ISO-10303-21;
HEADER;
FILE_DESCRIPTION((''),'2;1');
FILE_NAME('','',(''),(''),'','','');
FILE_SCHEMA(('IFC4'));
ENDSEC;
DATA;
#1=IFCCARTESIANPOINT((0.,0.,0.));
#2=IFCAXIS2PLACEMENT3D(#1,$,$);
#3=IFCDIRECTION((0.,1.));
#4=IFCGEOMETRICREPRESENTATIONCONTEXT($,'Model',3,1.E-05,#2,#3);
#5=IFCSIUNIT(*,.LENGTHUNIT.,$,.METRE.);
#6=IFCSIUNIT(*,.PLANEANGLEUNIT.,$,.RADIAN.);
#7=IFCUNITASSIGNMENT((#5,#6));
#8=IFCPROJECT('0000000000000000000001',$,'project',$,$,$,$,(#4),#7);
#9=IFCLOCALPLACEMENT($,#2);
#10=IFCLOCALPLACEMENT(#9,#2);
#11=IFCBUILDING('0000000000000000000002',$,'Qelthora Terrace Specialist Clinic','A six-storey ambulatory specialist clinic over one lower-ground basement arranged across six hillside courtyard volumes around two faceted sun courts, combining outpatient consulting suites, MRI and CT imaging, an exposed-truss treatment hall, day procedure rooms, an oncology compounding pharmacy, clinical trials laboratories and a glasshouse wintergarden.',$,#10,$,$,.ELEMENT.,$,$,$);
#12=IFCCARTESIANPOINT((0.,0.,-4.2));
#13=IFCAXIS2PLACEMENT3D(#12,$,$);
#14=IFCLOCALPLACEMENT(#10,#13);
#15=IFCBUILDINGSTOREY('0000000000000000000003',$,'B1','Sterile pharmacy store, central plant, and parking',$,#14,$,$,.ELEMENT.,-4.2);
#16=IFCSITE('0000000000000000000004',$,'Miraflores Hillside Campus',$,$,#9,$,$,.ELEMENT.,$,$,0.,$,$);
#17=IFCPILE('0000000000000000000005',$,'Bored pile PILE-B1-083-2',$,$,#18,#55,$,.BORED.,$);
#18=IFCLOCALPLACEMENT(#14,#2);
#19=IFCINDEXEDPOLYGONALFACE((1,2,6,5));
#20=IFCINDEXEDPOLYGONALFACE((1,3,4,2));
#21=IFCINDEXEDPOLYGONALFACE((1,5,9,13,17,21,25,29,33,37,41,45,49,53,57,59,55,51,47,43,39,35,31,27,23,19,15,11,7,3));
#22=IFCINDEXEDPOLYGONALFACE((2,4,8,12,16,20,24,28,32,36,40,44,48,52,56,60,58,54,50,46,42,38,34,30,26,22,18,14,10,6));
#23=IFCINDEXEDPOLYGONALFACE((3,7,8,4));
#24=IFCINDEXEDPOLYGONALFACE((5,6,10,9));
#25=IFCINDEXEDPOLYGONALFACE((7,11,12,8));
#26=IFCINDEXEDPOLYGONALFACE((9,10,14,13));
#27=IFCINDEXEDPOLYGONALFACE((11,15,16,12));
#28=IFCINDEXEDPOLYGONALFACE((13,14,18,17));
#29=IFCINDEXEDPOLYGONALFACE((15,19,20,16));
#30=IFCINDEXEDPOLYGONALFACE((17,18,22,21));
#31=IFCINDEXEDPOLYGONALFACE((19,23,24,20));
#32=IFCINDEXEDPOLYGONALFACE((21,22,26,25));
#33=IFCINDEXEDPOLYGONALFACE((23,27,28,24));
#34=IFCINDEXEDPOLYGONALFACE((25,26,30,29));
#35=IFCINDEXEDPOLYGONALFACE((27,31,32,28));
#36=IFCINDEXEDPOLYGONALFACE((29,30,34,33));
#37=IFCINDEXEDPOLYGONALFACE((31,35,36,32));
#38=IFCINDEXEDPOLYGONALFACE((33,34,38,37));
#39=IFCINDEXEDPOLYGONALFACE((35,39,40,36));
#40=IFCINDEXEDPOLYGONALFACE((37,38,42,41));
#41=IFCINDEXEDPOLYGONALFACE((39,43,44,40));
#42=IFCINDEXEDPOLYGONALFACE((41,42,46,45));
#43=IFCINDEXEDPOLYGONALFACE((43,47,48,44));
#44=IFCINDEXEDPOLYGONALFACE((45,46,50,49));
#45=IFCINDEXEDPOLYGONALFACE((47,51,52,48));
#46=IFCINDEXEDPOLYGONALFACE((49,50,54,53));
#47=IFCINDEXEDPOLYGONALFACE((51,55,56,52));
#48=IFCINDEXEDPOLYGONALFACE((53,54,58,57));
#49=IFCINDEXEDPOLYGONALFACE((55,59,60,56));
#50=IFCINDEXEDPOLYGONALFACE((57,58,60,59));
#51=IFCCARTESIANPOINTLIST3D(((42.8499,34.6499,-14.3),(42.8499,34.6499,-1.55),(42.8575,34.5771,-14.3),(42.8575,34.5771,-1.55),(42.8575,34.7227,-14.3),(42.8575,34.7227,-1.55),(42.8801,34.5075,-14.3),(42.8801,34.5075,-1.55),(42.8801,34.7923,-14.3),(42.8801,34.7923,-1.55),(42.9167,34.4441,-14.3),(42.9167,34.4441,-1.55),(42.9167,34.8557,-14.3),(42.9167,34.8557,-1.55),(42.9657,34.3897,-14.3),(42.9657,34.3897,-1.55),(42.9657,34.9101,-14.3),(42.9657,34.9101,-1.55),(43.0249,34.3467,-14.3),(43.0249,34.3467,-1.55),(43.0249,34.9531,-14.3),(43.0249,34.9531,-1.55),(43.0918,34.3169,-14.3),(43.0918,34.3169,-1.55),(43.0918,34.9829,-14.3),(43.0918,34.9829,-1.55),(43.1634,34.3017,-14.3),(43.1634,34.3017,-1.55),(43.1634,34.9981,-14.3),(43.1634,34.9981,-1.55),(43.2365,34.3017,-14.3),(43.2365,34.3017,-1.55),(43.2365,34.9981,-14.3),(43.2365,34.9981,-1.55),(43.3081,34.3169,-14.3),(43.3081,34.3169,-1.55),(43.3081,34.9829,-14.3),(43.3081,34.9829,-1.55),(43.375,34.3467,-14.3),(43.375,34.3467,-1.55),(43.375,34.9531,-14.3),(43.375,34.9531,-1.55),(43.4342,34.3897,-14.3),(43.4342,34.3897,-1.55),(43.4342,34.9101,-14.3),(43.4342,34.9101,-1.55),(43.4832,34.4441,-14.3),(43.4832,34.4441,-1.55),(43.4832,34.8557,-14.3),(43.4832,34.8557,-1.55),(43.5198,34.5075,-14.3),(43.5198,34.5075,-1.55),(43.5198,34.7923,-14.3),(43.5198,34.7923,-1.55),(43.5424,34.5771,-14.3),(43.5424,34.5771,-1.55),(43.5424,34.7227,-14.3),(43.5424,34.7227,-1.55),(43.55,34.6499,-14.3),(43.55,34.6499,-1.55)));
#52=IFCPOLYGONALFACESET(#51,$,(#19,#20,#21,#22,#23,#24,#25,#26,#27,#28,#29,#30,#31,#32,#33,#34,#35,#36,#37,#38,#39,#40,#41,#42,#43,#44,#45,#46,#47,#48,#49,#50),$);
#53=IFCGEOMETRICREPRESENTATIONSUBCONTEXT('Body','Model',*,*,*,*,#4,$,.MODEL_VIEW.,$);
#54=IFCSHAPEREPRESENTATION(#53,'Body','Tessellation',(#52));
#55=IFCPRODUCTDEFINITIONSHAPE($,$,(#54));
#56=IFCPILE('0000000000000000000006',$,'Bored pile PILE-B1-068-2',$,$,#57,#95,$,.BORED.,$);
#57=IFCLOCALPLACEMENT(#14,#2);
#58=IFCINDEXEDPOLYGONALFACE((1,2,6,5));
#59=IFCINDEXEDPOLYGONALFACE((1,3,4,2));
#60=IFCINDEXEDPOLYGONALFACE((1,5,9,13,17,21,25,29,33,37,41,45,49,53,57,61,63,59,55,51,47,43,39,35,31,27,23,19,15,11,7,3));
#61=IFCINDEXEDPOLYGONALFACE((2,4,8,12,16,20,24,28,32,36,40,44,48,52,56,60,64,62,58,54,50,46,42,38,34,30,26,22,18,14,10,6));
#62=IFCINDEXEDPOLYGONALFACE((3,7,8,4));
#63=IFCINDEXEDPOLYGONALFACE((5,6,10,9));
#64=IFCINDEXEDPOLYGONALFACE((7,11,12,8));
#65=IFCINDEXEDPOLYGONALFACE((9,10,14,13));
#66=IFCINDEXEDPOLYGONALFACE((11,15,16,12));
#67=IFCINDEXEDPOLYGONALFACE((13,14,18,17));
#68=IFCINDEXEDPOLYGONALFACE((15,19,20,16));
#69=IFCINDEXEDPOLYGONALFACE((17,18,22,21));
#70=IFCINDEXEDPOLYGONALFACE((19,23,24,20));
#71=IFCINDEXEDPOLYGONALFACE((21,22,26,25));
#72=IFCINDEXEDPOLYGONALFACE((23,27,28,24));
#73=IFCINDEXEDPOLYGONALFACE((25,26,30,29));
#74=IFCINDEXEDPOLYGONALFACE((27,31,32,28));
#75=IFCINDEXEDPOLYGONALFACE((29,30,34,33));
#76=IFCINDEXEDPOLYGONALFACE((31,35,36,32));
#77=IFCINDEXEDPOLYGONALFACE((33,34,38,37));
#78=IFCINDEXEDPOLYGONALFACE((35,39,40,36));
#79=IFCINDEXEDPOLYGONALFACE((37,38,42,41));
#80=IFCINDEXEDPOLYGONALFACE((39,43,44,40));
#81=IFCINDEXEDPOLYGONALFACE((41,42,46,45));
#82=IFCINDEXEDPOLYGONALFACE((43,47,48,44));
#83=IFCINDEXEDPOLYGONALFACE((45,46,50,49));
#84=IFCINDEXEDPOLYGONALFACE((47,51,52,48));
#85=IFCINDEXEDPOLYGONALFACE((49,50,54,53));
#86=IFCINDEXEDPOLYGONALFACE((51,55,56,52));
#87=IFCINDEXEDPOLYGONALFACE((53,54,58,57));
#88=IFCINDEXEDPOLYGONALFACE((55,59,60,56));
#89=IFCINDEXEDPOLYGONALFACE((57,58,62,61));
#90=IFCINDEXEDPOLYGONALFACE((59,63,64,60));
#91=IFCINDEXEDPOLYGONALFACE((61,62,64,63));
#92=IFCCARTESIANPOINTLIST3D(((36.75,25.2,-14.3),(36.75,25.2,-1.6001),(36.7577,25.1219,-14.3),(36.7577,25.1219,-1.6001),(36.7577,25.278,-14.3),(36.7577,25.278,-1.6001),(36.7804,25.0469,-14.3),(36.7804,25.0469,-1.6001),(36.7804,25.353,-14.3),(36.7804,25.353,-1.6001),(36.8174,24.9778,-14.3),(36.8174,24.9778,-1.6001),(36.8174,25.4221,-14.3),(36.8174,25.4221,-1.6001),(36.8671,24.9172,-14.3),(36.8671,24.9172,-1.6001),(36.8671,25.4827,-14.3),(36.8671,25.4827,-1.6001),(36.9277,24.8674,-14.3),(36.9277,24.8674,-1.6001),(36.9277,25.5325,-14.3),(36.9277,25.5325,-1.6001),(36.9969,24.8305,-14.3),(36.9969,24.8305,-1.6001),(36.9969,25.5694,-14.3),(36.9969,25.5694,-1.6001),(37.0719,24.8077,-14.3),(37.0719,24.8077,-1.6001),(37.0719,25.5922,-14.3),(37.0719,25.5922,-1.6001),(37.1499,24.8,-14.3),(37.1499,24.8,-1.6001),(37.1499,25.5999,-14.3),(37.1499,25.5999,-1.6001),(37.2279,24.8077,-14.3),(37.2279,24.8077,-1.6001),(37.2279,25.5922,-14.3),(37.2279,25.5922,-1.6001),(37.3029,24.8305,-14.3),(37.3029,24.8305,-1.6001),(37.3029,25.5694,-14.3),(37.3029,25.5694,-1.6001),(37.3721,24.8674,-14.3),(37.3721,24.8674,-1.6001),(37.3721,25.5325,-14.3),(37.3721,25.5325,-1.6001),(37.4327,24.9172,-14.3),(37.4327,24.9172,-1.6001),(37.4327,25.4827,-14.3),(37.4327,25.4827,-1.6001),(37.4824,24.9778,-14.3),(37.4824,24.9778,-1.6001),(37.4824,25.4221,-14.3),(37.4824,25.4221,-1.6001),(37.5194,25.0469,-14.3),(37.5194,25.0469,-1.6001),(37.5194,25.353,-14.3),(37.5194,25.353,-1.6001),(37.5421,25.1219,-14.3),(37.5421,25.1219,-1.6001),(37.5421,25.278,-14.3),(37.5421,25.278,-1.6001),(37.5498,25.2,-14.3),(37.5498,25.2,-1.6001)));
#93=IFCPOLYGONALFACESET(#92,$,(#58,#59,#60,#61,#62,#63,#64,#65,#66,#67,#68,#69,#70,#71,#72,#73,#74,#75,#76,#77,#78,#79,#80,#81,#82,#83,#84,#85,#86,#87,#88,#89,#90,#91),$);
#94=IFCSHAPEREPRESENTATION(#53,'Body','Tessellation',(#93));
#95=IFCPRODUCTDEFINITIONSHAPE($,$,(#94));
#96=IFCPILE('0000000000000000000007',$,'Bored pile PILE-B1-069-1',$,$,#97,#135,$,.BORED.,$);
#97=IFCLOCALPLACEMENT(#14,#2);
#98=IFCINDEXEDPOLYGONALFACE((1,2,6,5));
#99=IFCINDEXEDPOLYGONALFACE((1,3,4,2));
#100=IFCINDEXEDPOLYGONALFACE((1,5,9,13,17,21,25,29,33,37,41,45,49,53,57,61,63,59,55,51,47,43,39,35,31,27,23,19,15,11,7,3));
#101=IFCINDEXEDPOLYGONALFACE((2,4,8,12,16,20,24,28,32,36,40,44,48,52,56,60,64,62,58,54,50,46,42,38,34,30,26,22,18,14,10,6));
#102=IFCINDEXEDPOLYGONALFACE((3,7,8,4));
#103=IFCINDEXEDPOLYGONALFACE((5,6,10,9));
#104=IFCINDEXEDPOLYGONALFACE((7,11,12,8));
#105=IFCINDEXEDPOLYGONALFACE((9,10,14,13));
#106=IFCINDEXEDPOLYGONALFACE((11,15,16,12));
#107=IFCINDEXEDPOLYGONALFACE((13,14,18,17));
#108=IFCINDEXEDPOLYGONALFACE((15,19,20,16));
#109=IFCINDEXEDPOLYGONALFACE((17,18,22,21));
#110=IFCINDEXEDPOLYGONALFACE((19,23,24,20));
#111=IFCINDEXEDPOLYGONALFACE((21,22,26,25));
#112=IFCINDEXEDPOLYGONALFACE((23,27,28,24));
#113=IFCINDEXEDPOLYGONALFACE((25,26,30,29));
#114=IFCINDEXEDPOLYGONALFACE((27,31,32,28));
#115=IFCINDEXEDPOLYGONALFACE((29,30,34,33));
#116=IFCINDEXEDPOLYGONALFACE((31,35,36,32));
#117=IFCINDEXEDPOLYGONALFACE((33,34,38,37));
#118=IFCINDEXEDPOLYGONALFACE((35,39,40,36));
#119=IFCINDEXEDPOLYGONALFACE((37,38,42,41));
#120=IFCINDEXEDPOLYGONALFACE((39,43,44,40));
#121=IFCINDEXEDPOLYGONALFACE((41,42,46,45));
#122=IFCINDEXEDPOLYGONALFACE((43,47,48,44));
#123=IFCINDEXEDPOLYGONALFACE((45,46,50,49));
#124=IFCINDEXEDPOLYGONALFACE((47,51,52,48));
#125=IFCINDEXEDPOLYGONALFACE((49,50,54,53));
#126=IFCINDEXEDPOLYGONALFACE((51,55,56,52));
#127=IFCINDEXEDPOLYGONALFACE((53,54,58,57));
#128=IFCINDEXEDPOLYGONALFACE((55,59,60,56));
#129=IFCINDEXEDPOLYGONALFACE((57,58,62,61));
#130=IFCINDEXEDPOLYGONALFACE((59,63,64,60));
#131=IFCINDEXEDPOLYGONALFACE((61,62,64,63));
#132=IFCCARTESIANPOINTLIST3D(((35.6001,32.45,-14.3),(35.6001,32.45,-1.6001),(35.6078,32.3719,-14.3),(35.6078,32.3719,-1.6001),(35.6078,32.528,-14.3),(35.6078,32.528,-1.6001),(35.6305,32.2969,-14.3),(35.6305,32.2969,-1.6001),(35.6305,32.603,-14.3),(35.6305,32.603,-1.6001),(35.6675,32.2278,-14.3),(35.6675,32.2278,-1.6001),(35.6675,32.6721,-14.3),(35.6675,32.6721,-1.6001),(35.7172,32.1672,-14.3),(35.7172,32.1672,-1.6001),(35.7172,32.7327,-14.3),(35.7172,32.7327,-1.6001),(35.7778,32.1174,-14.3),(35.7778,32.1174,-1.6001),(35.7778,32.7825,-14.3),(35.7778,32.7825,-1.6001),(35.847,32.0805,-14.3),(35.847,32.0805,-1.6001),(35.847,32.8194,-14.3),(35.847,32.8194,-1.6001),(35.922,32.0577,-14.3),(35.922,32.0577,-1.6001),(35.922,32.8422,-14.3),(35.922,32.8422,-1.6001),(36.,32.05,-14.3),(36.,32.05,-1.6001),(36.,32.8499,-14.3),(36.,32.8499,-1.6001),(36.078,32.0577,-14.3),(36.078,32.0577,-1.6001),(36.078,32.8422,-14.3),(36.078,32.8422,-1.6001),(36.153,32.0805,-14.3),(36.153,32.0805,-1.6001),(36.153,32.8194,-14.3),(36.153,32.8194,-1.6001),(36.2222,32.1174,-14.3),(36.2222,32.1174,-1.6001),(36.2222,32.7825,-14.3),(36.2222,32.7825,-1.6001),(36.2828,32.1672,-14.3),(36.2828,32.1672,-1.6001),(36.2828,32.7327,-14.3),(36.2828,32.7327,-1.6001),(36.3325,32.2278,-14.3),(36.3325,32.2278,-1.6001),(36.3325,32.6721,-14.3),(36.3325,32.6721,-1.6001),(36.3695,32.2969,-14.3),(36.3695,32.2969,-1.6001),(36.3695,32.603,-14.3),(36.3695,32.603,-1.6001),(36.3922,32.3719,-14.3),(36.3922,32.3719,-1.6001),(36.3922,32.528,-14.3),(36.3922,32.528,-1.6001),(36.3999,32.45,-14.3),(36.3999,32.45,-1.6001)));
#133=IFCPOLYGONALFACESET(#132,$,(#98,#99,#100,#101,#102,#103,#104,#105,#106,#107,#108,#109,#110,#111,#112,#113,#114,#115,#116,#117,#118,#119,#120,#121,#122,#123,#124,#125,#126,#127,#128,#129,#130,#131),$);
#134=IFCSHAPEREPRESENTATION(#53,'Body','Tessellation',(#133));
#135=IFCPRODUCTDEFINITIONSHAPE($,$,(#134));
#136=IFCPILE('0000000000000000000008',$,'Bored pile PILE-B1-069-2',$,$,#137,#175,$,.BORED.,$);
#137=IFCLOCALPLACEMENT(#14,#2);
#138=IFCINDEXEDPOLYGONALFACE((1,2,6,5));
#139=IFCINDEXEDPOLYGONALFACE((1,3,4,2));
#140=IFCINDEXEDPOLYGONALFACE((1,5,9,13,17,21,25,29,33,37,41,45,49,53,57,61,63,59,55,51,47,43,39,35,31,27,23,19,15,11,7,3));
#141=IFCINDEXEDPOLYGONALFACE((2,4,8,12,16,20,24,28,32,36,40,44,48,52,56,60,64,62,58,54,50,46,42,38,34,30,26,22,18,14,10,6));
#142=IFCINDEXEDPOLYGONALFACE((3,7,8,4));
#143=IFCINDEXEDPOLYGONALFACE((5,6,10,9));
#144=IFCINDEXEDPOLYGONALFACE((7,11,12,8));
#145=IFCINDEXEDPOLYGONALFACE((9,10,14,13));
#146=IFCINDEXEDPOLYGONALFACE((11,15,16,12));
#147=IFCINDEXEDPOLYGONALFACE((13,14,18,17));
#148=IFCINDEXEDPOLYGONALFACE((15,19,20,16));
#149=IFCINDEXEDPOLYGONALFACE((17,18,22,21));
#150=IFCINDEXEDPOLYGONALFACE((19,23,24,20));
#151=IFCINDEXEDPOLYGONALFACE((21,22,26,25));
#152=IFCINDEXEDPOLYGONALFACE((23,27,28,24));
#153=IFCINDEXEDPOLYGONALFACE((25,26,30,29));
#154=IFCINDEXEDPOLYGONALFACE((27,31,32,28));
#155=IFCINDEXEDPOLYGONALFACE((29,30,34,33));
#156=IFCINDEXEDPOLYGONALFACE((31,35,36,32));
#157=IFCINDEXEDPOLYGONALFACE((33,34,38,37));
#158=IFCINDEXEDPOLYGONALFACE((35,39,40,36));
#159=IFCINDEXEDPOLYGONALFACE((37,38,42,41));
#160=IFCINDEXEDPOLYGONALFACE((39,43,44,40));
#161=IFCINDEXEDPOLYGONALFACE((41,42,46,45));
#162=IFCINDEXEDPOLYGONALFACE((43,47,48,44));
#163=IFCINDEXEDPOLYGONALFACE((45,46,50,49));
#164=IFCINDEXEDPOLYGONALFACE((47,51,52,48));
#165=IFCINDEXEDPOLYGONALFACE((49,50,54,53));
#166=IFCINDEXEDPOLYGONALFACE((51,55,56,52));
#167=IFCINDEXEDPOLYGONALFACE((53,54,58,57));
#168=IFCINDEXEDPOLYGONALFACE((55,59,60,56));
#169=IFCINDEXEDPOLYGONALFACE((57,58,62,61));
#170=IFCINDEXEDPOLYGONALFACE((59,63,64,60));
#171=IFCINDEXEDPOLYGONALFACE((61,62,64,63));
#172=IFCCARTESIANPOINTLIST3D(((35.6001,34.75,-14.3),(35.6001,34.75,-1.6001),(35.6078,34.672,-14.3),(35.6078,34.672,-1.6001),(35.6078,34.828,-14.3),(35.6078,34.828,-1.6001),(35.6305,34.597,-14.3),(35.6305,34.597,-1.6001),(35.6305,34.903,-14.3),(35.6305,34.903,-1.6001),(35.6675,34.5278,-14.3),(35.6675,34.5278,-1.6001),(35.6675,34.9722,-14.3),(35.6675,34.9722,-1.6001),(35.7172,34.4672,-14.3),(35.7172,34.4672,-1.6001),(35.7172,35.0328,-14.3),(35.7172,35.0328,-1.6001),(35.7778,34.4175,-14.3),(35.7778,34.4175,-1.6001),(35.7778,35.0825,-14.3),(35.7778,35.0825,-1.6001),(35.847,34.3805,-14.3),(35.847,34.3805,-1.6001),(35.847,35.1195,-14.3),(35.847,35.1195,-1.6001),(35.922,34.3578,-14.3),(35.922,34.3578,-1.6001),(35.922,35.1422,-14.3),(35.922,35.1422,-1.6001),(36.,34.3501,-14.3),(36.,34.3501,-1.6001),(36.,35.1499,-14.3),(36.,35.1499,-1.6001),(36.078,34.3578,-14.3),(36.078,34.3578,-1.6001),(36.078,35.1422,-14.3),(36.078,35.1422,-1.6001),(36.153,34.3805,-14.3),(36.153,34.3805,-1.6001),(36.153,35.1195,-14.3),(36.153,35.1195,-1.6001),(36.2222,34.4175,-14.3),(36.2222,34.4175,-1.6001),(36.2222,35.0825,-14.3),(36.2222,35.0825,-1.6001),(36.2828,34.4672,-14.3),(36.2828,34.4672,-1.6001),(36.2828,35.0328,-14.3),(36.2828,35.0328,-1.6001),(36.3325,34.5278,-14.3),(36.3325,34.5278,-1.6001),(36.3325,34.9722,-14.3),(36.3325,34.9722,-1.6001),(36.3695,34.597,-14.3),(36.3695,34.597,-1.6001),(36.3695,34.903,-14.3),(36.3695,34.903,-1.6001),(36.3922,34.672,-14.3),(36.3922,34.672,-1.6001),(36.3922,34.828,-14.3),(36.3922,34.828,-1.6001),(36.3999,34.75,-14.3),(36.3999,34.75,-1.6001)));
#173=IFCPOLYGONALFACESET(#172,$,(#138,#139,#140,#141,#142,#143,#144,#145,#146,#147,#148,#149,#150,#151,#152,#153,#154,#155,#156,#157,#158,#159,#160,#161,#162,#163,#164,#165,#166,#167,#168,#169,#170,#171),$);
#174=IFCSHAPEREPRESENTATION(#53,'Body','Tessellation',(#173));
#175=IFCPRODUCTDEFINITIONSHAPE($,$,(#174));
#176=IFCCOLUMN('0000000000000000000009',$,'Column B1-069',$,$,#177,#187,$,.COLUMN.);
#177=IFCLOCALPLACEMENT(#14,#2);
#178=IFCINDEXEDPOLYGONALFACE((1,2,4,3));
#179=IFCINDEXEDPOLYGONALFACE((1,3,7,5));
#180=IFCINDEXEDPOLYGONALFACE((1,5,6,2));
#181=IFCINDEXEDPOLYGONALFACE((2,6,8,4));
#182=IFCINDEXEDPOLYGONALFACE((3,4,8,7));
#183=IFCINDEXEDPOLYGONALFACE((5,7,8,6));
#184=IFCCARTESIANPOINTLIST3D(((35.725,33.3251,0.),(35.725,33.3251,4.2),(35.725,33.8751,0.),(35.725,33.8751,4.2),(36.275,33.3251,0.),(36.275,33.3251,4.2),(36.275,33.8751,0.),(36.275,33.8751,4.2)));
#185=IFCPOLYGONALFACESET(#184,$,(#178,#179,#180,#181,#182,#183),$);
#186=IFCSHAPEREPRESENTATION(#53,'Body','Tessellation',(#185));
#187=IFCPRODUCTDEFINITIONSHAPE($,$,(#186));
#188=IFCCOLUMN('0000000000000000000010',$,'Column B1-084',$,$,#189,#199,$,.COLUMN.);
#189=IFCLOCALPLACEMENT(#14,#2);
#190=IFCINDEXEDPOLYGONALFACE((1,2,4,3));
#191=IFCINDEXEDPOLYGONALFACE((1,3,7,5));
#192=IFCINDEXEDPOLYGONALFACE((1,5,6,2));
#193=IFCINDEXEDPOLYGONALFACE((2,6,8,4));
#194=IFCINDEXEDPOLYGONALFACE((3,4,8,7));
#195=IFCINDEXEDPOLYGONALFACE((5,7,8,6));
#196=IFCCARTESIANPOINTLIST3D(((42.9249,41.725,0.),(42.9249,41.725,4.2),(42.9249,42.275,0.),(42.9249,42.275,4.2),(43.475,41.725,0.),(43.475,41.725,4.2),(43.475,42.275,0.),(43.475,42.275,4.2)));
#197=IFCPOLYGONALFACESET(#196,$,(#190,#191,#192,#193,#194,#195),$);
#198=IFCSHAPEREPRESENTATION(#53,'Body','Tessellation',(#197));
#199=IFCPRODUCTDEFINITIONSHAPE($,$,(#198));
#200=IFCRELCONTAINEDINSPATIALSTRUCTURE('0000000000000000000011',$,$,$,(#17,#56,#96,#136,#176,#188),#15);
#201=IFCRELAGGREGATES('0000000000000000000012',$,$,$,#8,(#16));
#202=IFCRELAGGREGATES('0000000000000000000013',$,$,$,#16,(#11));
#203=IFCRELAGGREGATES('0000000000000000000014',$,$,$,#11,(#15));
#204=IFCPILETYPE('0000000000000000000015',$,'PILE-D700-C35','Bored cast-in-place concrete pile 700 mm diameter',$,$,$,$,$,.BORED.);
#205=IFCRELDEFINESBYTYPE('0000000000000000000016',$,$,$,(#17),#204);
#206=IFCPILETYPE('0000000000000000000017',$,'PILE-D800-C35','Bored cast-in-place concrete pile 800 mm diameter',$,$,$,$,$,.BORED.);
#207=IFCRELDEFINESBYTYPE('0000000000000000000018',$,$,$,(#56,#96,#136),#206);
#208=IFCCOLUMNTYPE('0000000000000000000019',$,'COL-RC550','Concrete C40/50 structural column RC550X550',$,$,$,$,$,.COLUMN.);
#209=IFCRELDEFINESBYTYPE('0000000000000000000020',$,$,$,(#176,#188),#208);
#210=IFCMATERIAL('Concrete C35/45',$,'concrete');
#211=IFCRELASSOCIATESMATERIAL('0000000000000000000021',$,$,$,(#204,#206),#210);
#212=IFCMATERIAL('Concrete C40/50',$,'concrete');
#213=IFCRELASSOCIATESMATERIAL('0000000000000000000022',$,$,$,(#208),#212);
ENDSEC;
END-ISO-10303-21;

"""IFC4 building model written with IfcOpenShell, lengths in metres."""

from ifc_helpers import new_model, si_unit, direction, frame, origin, origin_2d, place, context, subcontext, project, spatial, rectangle, circle, extrude, material, material_profile, profile_set, type_object, element, save


model = new_model("IFC4")

# Units and contexts
model_context = context("Model", 3, precision=1e-05, world=origin(), true_north=direction((0.0, 1.0)))
body_context = subcontext(model_context, "Body", "Model", "MODEL_VIEW")
ifc_project = project(units=[si_unit("LENGTHUNIT", "METRE"), si_unit("PLANEANGLEUNIT", "RADIAN")], contexts=[model_context])

# Site, building, storey
site_placement = place(None, origin())
site = spatial("IfcSite", under=ifc_project, at=site_placement, Name="Miraflores Hillside Campus", CompositionType="ELEMENT", RefElevation=0.0)
building_placement = place(site_placement, origin())
building = spatial("IfcBuilding", under=site, at=building_placement, Name="Qelthora Terrace Specialist Clinic", Description="A six-storey ambulatory specialist clinic over one lower-ground basement arranged across six hillside courtyard volumes around two faceted sun courts, combining outpatient consulting suites, MRI and CT imaging, an exposed-truss treatment hall, day procedure rooms, an oncology compounding pharmacy, clinical trials laboratories and a glasshouse wintergarden.", CompositionType="ELEMENT")
storey_placement = place(building_placement, frame((0.0, 0.0, -4.2)))
storey = spatial("IfcBuildingStorey", under=building, at=storey_placement, Name="B1", Description="Sterile pharmacy store, central plant, and parking", CompositionType="ELEMENT", Elevation=-4.2)

# Shared definitions
ifc_material_1 = material(Name="Concrete C35/45", Category="concrete")

# Piles
ifc_material_profile_1 = material_profile(ifc_material_1, circle(Radius=0.3501, at=origin_2d()), Name="PILE700")
ifc_profile_set_1 = profile_set([ifc_material_profile_1], Name="Concrete C35/45")
pile_type_1 = type_object("IfcPileType", Name="PILE-D700-C35", Description="Bored cast-in-place concrete pile 700 mm diameter", PredefinedType="BORED", material=ifc_profile_set_1)
for number, where, z_axis, x_axis, name in (
    (1, (43.2, 34.6499, -1.55), (0.0, 0.0, -1.0), (1.0, 0.0, 0.0), "Bored pile PILE-B1-083-2"),
):
    element("IfcPile", number, at=place(storey_placement, frame(where, z_axis=z_axis, x_axis=x_axis)), inside=storey, type_object=pile_type_1, Name=name, PredefinedType="BORED", context=body_context, shape_type="SweptSolid", body=[
        extrude(circle(Radius=0.3501, at=origin_2d()), origin(), (0.0, 0.0, 1.0), 12.75),
    ])
ifc_material_profile_2 = material_profile(ifc_material_1, circle(Radius=0.3999, at=origin_2d()), Name="PILE800")
ifc_profile_set_2 = profile_set([ifc_material_profile_2], Name="Concrete C35/45")
pile_type_2 = type_object("IfcPileType", Name="PILE-D800-C35", Description="Bored cast-in-place concrete pile 800 mm diameter", PredefinedType="BORED", material=ifc_profile_set_2)
for number, where, z_axis, x_axis, name in (
    (2, (37.1499, 25.2, -1.6001), (0.0, 0.0, -1.0), (1.0, 0.0, 0.0), "Bored pile PILE-B1-068-2"),
    (3, (36.0, 32.45, -1.6001), (0.0, 0.0, -1.0), (1.0, 0.0, 0.0), "Bored pile PILE-B1-069-1"),
    (4, (36.0, 34.75, -1.6001), (0.0, 0.0, -1.0), (1.0, 0.0, 0.0), "Bored pile PILE-B1-069-2"),
):
    element("IfcPile", number, at=place(storey_placement, frame(where, z_axis=z_axis, x_axis=x_axis)), inside=storey, type_object=pile_type_2, Name=name, PredefinedType="BORED", context=body_context, shape_type="SweptSolid", body=[
        extrude(circle(Radius=0.3999, at=origin_2d()), origin(), (0.0, 0.0, 1.0), 12.7),
    ])

# Columns
ifc_material_2 = material(Name="Concrete C40/50", Category="concrete")
ifc_material_profile_3 = material_profile(ifc_material_2, rectangle(XDim=0.55, YDim=0.55, at=origin_2d()), Name="RC550X550")
ifc_profile_set_3 = profile_set([ifc_material_profile_3], Name="Concrete C40/50")
column_type_1 = type_object("IfcColumnType", Name="COL-RC550", Description="Concrete C40/50 structural column RC550X550", PredefinedType="COLUMN", material=ifc_profile_set_3)
for number, where, z_axis, x_axis, name in (
    (5, (36.0, 33.6001, 0.0), (0.0, 0.0, 1.0), (1.0, 0.0, 0.0), "Column B1-069"),
    (6, (43.2, 42.0, 0.0), (0.0, 0.0, 1.0), (1.0, 0.0, 0.0), "Column B1-084"),
):
    element("IfcColumn", number, at=place(storey_placement, frame(where, z_axis=z_axis, x_axis=x_axis)), inside=storey, type_object=column_type_1, Name=name, PredefinedType="COLUMN", context=body_context, shape_type="SweptSolid", body=[
        extrude(rectangle(XDim=0.55, YDim=0.55, at=origin_2d()), origin(), (0.0, 0.0, 1.0), 4.2),
    ])

save(model, "model.ifc")
